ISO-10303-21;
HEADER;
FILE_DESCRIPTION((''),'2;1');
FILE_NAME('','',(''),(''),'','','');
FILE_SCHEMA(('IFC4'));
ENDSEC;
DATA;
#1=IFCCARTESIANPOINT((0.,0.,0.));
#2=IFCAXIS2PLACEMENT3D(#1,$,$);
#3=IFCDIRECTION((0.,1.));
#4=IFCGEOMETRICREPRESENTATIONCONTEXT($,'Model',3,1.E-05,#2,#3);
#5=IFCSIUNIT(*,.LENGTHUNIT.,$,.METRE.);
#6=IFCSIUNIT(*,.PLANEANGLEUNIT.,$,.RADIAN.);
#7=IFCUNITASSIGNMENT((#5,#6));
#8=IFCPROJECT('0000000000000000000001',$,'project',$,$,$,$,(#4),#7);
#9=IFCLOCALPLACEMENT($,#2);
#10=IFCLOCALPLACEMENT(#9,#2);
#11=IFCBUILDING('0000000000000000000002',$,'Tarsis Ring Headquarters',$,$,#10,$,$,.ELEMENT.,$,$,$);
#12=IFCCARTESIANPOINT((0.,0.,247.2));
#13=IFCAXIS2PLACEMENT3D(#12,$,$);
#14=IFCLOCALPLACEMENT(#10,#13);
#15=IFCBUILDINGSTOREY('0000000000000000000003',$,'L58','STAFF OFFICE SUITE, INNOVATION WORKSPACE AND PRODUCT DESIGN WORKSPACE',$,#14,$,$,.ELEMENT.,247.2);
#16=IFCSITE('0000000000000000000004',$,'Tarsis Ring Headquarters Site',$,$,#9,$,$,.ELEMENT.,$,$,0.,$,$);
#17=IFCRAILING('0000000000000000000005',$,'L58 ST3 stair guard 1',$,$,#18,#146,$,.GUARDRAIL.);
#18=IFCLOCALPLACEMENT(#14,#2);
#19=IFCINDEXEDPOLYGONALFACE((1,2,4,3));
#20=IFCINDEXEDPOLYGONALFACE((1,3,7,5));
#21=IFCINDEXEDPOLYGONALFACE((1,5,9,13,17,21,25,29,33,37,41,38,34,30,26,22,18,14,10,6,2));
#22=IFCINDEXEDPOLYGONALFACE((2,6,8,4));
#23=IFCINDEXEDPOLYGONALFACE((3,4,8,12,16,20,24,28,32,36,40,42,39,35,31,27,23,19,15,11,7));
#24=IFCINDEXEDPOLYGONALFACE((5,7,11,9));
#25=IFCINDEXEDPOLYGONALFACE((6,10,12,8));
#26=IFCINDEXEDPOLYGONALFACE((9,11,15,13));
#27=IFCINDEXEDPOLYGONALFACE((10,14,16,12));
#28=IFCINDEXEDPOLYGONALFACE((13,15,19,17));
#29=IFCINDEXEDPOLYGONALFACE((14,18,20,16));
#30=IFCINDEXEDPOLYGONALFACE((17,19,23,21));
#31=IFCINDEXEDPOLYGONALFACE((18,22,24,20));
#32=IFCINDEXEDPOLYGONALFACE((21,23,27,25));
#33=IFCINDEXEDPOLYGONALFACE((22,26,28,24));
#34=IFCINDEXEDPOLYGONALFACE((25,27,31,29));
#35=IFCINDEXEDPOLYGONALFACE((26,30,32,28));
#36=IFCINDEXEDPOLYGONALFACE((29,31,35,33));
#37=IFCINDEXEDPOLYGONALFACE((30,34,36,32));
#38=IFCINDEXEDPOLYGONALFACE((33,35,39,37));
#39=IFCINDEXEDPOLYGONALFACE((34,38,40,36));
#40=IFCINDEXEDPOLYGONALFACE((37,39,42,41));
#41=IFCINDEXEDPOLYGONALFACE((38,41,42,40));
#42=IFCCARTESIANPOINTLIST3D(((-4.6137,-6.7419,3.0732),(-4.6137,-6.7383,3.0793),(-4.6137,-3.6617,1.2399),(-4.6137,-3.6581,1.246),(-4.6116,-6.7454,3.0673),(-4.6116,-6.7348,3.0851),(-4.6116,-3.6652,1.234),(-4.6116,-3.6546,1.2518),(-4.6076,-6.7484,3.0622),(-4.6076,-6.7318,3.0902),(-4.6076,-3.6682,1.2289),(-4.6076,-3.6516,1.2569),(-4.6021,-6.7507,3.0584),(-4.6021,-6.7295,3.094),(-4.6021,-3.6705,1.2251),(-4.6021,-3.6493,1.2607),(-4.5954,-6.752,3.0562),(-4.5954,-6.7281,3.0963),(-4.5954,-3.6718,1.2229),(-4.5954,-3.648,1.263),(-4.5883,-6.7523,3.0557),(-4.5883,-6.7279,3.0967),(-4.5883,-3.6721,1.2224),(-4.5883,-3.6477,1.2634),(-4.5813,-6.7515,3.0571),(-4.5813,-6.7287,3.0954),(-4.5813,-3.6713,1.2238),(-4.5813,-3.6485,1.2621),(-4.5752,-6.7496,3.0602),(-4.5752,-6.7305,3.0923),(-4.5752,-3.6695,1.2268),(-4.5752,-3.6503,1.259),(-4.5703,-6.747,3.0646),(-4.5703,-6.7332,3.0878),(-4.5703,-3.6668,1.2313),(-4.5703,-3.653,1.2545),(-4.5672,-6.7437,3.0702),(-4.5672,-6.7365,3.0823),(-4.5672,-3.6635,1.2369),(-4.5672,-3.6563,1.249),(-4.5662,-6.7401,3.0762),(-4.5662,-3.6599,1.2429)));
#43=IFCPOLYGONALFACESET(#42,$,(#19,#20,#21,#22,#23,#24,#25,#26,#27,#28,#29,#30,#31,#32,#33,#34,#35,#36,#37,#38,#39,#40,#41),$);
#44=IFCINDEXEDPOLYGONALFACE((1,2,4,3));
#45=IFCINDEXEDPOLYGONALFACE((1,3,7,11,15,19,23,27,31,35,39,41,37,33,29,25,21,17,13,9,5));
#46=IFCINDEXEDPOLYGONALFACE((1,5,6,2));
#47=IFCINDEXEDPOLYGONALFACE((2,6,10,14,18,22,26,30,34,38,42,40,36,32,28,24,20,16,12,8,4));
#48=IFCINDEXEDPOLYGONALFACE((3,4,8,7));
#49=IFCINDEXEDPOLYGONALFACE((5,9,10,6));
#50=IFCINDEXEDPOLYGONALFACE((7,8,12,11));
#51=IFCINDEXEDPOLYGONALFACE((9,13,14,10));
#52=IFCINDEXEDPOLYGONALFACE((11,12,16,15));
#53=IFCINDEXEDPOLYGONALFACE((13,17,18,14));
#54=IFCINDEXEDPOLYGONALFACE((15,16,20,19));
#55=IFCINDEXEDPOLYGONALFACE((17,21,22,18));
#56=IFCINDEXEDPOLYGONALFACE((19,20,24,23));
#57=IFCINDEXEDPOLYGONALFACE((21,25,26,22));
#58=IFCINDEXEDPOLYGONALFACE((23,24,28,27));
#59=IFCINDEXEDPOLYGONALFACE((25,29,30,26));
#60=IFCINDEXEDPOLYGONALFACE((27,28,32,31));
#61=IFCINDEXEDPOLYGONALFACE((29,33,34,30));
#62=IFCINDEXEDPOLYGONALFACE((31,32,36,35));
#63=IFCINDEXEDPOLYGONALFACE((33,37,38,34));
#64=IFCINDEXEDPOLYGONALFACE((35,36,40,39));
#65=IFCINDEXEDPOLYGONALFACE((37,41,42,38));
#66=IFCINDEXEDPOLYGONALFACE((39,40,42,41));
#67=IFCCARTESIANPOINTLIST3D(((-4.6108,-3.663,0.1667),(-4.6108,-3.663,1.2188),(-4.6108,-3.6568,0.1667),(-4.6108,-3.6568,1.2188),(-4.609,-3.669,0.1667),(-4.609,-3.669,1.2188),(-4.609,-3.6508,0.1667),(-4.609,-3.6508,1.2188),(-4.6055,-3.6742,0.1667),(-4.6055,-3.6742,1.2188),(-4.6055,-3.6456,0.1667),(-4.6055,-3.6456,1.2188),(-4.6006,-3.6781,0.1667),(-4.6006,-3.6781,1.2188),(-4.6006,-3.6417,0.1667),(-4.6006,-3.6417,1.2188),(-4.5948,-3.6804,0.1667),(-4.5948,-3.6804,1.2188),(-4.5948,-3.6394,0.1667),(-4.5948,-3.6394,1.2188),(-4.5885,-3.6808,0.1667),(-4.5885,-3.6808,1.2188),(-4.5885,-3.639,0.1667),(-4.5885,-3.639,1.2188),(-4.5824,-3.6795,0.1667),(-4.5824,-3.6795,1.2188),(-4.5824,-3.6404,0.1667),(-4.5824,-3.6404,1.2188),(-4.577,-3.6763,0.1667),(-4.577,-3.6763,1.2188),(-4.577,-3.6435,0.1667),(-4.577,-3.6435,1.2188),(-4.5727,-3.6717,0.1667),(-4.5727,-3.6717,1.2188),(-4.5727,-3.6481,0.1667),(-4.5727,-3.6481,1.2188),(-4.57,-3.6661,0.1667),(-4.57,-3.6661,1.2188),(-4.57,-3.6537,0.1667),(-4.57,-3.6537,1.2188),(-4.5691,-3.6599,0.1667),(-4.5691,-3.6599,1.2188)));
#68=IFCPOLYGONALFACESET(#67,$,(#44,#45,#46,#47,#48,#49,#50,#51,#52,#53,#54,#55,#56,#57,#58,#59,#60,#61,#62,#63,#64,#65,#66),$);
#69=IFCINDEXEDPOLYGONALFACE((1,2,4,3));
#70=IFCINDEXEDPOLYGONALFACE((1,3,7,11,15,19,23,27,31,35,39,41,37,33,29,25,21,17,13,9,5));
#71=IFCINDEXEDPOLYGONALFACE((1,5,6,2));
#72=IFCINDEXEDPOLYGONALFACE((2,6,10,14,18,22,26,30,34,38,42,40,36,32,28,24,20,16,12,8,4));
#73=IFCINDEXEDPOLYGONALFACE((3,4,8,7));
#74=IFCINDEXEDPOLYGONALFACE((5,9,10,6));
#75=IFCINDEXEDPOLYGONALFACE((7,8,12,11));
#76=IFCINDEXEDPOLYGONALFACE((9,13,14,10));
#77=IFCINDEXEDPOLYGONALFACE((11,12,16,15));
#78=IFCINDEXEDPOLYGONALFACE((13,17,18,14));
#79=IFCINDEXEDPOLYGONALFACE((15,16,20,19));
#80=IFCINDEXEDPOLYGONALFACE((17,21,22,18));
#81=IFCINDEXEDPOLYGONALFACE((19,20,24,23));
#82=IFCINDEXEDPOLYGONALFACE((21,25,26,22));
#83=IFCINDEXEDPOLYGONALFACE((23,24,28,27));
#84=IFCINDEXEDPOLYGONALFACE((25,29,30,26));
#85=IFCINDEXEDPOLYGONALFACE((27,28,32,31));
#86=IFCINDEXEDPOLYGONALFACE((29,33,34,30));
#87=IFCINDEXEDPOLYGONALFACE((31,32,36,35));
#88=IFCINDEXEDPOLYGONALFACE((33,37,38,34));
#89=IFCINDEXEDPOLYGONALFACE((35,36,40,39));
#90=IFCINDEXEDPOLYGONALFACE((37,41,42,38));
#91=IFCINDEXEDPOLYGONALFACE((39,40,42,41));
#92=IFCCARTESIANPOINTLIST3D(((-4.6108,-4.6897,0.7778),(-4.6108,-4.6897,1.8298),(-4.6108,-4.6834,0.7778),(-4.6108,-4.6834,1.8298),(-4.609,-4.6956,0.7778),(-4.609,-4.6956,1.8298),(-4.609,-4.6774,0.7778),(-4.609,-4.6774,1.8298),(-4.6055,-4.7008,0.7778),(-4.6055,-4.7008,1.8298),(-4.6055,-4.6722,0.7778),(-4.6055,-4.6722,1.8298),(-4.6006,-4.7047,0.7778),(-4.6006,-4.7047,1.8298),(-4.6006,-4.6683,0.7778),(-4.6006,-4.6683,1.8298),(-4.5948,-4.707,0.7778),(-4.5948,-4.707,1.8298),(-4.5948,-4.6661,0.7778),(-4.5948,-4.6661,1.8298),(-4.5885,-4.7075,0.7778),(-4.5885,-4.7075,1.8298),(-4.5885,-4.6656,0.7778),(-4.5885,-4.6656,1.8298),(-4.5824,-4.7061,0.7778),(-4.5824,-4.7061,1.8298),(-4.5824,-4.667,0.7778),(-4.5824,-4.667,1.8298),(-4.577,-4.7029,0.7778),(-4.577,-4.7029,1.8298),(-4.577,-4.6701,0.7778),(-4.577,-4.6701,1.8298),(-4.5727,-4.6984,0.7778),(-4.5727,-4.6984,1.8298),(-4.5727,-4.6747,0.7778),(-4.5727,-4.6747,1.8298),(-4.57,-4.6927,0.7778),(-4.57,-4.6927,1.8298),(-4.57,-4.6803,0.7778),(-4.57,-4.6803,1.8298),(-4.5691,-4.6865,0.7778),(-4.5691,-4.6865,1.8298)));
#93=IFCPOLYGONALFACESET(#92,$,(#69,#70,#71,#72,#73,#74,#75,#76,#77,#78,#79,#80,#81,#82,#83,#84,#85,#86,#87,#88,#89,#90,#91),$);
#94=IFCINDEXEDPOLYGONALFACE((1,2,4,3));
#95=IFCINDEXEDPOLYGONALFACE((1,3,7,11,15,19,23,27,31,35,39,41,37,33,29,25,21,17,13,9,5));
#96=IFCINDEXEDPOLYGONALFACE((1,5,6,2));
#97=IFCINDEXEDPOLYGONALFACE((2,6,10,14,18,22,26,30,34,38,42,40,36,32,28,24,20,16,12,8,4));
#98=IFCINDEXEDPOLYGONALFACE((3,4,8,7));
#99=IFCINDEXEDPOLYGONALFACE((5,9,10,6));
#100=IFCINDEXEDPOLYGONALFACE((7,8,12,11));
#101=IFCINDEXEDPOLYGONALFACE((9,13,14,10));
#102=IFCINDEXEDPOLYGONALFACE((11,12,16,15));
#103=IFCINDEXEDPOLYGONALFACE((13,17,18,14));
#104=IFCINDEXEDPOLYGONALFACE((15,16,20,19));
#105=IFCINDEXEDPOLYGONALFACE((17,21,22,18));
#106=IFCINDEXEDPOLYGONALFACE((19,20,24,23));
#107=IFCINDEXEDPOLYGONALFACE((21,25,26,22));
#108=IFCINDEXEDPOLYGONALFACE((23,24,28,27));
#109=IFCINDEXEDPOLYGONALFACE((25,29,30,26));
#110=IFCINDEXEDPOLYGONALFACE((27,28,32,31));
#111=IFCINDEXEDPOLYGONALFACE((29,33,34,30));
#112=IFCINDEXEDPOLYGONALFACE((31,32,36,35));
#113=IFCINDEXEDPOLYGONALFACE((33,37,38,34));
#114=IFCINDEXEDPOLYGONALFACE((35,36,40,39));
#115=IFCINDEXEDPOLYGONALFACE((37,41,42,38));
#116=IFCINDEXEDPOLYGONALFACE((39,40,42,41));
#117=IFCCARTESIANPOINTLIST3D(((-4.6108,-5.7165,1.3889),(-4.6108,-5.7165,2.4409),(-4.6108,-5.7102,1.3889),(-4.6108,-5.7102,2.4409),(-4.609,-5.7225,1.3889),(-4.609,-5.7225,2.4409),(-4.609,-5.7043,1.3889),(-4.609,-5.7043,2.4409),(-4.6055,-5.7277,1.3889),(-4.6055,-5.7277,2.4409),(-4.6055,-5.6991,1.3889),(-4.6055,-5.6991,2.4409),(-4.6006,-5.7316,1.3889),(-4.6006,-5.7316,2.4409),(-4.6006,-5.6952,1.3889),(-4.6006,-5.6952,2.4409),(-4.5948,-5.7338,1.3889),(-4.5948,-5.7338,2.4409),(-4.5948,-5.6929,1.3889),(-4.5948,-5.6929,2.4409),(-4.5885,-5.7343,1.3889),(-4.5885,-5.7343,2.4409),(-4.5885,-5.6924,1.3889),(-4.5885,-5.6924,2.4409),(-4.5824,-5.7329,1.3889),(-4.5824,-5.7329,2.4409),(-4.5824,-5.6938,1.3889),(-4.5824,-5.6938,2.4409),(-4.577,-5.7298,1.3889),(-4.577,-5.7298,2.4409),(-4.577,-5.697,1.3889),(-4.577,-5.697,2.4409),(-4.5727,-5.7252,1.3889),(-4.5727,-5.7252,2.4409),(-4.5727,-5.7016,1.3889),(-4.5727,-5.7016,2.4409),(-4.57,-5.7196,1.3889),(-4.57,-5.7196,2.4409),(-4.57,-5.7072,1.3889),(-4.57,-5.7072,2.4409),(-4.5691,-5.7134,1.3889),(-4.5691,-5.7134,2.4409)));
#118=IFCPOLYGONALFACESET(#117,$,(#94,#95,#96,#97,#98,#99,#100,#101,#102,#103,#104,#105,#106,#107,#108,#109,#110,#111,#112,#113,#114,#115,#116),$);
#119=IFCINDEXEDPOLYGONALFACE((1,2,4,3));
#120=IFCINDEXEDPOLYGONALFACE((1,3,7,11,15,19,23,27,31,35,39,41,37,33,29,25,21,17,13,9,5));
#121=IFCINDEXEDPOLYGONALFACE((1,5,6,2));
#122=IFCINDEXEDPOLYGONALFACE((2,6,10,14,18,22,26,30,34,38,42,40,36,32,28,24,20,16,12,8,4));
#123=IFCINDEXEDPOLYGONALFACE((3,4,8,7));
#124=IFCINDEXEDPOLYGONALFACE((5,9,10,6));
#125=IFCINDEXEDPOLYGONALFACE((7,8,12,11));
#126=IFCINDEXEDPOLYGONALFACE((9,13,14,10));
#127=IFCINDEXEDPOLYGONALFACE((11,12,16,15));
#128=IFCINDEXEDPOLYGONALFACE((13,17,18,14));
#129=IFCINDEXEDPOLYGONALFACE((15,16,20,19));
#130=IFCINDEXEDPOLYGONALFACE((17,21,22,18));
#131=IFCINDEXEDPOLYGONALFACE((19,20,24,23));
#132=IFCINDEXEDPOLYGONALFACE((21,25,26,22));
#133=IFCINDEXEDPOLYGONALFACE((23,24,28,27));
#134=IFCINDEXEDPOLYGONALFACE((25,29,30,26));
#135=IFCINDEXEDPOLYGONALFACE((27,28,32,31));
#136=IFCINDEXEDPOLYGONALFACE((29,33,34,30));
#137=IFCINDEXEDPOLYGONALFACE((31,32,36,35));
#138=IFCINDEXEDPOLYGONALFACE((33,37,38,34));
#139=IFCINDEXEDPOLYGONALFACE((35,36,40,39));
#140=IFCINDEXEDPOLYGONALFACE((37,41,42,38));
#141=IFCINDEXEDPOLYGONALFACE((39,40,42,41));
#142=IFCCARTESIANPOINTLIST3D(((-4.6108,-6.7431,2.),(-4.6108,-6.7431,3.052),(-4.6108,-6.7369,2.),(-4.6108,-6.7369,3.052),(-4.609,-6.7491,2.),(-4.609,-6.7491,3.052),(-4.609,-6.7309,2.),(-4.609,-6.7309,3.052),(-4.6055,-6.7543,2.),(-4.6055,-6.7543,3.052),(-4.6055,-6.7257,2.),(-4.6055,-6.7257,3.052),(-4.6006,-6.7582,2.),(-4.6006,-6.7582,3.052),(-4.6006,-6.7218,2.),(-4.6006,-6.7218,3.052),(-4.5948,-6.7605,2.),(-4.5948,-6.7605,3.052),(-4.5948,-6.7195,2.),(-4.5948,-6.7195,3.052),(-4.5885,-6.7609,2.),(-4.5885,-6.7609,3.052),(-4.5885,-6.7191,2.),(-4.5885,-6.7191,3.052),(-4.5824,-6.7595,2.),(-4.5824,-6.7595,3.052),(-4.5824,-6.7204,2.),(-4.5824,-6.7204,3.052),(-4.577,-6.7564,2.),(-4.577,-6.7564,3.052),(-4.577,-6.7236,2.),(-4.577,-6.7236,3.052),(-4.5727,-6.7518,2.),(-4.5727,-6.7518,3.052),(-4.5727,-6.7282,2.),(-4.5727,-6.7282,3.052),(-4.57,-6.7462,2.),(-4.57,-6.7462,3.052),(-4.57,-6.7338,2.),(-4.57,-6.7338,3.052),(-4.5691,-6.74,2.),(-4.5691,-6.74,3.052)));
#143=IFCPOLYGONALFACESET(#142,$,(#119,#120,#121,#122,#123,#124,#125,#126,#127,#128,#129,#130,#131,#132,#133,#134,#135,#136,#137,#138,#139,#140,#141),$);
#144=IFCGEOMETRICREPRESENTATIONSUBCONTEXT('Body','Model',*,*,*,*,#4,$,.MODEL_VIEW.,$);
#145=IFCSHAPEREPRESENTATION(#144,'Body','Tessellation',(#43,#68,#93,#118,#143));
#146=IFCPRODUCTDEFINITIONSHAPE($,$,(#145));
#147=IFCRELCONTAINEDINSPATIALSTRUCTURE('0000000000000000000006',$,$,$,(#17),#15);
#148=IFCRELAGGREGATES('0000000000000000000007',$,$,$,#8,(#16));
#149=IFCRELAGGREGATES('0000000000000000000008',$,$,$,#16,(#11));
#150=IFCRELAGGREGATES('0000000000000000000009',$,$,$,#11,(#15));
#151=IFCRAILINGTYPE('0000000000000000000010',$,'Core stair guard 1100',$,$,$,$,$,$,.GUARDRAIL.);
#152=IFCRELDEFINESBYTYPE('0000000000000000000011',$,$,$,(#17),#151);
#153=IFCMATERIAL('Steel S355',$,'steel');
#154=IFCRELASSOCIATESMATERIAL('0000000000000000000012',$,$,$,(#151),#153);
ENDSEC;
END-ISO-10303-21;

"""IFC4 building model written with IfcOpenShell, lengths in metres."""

from ifc_helpers import new_model, si_unit, direction, frame, origin, origin_2d, place, context, subcontext, project, spatial, circle, extrude, material, type_object, element, save


model = new_model("IFC4")

# Units and contexts
model_context = context("Model", 3, precision=1e-05, world=origin(), true_north=direction((0.0, 1.0)))
body_context = subcontext(model_context, "Body", "Model", "MODEL_VIEW")
ifc_project = project(units=[si_unit("LENGTHUNIT", "METRE"), si_unit("PLANEANGLEUNIT", "RADIAN")], contexts=[model_context])

# Site, building, storey
site_placement = place(None, origin())
site = spatial("IfcSite", under=ifc_project, at=site_placement, Name="Tarsis Ring Headquarters Site", CompositionType="ELEMENT", RefElevation=0.0)
building_placement = place(site_placement, origin())
building = spatial("IfcBuilding", under=site, at=building_placement, Name="Tarsis Ring Headquarters", CompositionType="ELEMENT")
storey_placement = place(building_placement, frame((0.0, 0.0, 247.2)))
storey = spatial("IfcBuildingStorey", under=building, at=storey_placement, Name="L58", Description="STAFF OFFICE SUITE, INNOVATION WORKSPACE AND PRODUCT DESIGN WORKSPACE", CompositionType="ELEMENT", Elevation=247.2)

# Railing
ifc_material_1 = material(Name="Steel S355", Category="steel")
railing_type_1 = type_object("IfcRailingType", Name="Core stair guard 1100", PredefinedType="GUARDRAIL", material=ifc_material_1)
for number, where, name in (
    (1, (-4.5901, -3.6599, 0.1667), "L58 ST3 stair guard 1"),
):
    element("IfcRailing", number, at=place(storey_placement, frame(where)), inside=storey, type_object=railing_type_1, Name=name, PredefinedType="GUARDRAIL", context=body_context, shape_type="SweptSolid", body=[
        extrude(circle(Radius=0.0239, at=origin_2d()), frame((0.0, 0.0, 1.0762), z_axis=(0.0, -0.859309, 0.511458), x_axis=(1.0, 0.0, 0.0)), (0.0, 0.0, 1.0), 3.5845),
        extrude(circle(Radius=0.021, at=origin_2d()), origin(), (0.0, 0.0, 1.0), 1.052),
        extrude(circle(Radius=0.021, at=origin_2d()), frame((0.0, -1.0266, 0.6111)), (0.0, 0.0, 1.0), 1.052),
        extrude(circle(Radius=0.021, at=origin_2d()), frame((0.0, -2.0535, 1.2222)), (0.0, 0.0, 1.0), 1.052),
        extrude(circle(Radius=0.021, at=origin_2d()), frame((0.0, -3.0801, 1.8333)), (0.0, 0.0, 1.0), 1.052),
    ])

save(model, "model.ifc")
